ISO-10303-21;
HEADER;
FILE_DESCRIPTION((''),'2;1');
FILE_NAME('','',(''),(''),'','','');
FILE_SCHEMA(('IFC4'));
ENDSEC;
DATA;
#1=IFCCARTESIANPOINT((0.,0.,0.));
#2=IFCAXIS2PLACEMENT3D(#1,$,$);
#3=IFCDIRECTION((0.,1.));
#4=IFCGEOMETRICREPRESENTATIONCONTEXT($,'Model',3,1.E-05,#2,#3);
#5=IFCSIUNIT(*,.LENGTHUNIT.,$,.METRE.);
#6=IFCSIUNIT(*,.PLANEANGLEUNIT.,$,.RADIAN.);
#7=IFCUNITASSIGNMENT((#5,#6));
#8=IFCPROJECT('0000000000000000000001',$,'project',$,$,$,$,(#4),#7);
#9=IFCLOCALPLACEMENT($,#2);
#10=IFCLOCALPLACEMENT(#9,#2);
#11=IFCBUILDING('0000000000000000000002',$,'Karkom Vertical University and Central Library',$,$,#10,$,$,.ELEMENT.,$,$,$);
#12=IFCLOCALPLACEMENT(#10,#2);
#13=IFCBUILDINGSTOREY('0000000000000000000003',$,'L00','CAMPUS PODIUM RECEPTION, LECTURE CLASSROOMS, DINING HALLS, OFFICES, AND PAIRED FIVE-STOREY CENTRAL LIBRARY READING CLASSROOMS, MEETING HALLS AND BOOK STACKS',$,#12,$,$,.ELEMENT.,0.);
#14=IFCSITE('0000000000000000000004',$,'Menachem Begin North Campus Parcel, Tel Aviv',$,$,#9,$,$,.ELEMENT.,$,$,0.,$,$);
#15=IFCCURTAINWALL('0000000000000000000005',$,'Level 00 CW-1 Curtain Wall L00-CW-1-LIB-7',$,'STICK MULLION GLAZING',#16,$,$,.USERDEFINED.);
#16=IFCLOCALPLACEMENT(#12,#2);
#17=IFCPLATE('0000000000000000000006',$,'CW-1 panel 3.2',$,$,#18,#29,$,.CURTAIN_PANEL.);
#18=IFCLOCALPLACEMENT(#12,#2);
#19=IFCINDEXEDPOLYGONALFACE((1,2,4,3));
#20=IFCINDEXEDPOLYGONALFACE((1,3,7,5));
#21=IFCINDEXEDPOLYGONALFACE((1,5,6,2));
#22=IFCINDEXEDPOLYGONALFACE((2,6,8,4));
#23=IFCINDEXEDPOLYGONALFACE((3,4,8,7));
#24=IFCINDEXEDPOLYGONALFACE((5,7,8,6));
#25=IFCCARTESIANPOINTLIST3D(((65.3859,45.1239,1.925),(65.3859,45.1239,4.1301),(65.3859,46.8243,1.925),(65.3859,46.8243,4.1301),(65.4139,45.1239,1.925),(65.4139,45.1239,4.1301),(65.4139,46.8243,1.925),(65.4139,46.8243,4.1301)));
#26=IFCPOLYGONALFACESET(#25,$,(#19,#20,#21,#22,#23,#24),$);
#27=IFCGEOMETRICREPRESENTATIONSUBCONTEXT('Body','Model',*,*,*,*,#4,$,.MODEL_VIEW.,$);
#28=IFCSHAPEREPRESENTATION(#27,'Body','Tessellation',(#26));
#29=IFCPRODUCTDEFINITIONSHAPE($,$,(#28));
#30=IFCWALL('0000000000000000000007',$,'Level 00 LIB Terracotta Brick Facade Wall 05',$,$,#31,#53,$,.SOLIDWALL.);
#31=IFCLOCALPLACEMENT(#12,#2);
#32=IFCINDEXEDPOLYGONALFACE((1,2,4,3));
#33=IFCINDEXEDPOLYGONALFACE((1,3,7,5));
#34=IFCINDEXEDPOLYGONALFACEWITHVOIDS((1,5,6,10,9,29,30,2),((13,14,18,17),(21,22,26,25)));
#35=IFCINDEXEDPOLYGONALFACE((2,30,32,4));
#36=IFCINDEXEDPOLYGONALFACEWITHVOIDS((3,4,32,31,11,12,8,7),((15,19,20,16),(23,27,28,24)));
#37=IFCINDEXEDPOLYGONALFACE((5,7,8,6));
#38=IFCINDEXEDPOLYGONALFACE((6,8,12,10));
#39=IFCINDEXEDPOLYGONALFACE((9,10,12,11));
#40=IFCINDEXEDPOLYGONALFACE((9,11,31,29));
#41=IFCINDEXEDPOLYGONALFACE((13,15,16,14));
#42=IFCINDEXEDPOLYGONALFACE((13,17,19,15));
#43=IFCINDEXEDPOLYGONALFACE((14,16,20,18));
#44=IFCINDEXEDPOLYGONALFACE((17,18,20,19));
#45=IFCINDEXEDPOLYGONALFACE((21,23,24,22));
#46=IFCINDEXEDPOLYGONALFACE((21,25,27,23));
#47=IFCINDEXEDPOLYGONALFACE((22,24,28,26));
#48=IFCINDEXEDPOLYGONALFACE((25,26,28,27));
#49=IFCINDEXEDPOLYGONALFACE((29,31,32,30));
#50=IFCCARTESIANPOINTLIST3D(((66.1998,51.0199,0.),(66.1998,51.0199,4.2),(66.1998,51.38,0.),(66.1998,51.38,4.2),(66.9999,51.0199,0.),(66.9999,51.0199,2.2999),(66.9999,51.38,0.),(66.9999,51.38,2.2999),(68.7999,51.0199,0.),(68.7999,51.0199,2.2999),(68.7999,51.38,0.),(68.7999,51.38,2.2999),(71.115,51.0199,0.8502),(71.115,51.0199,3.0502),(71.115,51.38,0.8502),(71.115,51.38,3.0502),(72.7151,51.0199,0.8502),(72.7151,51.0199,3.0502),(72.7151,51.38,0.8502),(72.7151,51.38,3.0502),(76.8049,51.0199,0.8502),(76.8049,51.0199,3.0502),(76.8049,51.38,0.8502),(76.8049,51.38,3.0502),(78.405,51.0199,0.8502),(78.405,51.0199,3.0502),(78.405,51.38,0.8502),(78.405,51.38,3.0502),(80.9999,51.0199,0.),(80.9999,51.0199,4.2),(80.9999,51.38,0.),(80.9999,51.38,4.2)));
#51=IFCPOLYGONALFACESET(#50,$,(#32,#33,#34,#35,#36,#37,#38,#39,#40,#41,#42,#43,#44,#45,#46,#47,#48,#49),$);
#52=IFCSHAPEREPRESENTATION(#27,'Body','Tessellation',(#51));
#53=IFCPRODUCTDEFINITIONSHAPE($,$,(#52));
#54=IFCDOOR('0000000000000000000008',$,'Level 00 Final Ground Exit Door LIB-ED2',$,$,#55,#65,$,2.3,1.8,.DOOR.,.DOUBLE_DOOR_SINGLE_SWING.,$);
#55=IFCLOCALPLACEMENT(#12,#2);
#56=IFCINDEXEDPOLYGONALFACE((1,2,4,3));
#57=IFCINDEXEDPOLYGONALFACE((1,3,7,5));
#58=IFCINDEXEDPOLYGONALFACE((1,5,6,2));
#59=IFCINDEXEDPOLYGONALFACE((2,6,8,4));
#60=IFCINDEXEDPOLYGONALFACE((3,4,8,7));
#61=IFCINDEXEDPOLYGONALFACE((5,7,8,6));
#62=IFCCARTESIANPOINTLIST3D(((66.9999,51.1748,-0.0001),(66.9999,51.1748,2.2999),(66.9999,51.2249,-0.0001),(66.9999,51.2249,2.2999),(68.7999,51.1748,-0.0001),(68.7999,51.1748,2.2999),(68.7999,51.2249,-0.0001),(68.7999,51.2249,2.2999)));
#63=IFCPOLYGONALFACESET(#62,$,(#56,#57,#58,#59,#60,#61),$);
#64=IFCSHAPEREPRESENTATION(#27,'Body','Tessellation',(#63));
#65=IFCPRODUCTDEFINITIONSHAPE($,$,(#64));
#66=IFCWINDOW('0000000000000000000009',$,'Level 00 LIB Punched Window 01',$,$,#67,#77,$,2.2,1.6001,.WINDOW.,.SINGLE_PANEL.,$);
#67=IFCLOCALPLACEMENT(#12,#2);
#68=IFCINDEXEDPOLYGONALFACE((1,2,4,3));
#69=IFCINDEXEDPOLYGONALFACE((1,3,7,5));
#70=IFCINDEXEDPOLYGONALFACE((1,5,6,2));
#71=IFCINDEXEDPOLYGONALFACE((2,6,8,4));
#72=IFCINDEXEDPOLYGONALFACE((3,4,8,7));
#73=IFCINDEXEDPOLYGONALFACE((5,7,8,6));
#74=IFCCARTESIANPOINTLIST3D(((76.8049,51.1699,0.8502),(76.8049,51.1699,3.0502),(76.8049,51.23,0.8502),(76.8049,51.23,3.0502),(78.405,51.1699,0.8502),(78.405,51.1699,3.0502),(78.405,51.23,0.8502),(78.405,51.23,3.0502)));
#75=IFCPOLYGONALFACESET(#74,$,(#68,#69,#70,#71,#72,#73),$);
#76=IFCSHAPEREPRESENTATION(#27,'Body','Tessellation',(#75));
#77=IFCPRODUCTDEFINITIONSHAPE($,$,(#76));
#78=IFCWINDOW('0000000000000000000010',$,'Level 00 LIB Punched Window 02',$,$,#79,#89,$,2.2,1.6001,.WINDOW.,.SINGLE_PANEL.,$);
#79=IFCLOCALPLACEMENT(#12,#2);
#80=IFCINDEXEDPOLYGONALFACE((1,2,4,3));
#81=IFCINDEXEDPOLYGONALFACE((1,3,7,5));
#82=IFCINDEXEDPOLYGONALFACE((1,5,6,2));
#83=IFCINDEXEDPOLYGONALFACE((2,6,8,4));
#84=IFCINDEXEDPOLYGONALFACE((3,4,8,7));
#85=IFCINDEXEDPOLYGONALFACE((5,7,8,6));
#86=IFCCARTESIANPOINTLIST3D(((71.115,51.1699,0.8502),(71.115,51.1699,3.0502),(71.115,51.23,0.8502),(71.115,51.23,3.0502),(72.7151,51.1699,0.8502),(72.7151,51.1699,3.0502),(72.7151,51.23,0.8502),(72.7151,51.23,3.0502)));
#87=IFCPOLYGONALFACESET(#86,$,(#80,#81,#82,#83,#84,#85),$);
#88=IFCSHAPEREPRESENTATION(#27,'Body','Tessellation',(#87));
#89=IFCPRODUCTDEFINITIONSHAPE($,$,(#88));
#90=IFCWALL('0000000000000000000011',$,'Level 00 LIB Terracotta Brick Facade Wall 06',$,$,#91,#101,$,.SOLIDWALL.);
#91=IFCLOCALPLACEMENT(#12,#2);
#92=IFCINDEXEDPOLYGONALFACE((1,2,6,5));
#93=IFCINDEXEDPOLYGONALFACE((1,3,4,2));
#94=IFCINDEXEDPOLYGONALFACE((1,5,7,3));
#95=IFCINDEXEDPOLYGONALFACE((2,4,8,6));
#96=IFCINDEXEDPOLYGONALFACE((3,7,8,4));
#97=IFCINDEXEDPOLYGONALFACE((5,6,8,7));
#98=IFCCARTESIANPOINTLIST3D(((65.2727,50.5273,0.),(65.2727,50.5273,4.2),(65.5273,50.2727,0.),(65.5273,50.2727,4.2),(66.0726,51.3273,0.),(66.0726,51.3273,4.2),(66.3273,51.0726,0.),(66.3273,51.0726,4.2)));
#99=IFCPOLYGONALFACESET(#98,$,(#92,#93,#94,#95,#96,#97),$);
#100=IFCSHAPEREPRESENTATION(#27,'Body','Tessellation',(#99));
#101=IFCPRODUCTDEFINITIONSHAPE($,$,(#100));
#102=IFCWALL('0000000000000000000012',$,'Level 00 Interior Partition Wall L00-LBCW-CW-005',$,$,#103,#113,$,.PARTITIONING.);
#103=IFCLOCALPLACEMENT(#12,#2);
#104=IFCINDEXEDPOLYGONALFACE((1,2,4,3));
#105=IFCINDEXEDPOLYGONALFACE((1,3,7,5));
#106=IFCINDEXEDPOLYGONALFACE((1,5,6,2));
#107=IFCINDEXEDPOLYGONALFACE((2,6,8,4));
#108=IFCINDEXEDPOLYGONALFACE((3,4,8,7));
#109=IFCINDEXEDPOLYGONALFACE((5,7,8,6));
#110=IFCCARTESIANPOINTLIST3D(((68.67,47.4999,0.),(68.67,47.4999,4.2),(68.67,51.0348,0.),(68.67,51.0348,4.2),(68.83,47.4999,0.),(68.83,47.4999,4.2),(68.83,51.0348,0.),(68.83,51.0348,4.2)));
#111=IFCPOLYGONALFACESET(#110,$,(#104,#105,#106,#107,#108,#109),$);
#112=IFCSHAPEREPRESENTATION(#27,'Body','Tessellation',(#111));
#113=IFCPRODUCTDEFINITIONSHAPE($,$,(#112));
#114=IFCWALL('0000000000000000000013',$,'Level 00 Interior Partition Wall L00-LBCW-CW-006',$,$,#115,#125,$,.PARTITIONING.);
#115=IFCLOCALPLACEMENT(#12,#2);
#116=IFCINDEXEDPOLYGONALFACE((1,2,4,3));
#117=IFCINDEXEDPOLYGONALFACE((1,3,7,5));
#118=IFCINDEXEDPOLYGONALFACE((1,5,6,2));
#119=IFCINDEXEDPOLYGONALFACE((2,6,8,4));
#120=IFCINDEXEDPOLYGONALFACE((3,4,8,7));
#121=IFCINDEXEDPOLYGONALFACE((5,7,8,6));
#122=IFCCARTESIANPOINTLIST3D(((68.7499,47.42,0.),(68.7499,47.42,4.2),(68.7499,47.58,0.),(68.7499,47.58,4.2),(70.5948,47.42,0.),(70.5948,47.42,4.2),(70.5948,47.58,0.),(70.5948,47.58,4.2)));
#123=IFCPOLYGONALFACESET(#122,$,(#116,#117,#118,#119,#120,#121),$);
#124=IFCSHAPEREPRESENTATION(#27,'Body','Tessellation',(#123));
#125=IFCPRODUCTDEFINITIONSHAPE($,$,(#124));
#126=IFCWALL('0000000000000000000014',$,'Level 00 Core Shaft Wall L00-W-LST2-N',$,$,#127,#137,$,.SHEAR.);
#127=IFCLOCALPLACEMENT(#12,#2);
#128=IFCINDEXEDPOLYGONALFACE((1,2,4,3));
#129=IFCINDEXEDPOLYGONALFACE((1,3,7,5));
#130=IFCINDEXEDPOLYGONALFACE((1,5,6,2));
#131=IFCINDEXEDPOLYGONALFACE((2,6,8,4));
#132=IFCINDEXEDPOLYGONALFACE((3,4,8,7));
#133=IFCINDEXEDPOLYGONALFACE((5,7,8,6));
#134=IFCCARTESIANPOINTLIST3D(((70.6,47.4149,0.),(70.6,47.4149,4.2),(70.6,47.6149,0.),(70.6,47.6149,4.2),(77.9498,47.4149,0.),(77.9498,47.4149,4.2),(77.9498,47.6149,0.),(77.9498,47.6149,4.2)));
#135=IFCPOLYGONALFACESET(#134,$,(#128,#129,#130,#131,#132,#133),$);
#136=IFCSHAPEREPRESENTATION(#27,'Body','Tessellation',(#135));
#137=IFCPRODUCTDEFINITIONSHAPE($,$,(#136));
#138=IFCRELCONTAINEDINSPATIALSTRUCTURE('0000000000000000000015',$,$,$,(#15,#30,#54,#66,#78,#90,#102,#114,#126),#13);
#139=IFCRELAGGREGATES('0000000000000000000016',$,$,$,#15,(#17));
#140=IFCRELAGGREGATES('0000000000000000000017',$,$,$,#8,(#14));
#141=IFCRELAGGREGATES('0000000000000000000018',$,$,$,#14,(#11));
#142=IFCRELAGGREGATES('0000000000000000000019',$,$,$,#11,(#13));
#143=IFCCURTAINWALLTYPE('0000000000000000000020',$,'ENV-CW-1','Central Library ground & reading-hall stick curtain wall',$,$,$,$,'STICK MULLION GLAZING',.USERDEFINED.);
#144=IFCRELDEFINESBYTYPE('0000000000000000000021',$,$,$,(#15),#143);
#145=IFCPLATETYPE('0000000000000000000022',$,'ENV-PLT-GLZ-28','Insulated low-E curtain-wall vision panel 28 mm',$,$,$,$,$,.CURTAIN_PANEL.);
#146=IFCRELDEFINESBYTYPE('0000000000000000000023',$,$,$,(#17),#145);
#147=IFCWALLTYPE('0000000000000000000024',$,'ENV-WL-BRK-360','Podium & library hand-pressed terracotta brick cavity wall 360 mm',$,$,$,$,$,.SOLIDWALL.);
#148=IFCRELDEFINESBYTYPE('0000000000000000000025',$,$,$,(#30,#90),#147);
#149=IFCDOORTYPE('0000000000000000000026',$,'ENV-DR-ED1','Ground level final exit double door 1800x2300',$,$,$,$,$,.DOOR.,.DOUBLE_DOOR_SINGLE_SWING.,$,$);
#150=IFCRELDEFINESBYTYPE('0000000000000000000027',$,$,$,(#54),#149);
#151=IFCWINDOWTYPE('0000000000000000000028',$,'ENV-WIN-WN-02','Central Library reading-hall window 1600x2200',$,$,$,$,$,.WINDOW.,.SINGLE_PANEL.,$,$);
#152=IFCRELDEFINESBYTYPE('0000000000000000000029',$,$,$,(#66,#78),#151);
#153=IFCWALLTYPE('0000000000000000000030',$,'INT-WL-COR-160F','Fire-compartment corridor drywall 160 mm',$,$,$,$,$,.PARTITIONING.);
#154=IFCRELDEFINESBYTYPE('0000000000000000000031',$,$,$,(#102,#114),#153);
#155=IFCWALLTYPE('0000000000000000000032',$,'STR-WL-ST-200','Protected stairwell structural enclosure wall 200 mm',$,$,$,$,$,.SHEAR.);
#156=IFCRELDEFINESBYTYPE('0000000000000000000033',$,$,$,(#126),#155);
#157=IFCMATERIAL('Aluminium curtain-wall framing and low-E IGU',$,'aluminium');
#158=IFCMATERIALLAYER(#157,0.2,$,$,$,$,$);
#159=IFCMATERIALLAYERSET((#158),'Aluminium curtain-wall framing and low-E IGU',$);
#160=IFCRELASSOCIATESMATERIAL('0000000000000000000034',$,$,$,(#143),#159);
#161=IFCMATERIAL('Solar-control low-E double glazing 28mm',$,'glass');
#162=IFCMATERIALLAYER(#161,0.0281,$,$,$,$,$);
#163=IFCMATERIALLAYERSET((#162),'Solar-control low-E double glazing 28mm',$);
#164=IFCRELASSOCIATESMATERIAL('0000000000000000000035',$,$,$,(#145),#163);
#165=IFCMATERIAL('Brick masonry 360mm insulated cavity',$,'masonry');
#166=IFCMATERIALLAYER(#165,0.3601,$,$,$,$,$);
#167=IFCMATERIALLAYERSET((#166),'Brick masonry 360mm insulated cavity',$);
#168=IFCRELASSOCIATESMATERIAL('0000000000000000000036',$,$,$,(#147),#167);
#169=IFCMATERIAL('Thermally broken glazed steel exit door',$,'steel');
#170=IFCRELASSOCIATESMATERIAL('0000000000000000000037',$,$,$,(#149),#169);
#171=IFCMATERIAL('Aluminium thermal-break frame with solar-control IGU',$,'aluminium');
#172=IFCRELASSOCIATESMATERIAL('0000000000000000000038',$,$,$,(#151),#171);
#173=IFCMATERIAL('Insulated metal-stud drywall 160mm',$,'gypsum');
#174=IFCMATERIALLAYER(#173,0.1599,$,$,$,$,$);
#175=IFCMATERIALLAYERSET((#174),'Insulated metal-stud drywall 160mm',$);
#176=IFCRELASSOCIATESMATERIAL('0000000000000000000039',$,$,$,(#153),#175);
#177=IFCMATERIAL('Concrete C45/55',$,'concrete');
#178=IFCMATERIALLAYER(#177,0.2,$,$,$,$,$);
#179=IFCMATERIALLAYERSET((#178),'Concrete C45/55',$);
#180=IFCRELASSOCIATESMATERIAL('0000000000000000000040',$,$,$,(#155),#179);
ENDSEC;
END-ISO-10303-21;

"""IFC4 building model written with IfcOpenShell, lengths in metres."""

from ifc_helpers import new_model, si_unit, direction, frame, frame_2d, origin, origin_with_axes, origin_2d, place, context, subcontext, project, spatial, rectangle, extrude, source, transform, mapped, material, layer, layer_set, type_object, element, fill, aggregate, save


model = new_model("IFC4")

# Units and contexts
model_context = context("Model", 3, precision=1e-05, world=origin(), true_north=direction((0.0, 1.0)))
body_context = subcontext(model_context, "Body", "Model", "MODEL_VIEW")
ifc_project = project(units=[si_unit("LENGTHUNIT", "METRE"), si_unit("PLANEANGLEUNIT", "RADIAN")], contexts=[model_context])

# Site, building, storey
site_placement = place(None, origin())
site = spatial("IfcSite", under=ifc_project, at=site_placement, Name="Menachem Begin North Campus Parcel, Tel Aviv", CompositionType="ELEMENT", RefElevation=0.0)
building_placement = place(site_placement, origin())
building = spatial("IfcBuilding", under=site, at=building_placement, Name="Karkom Vertical University and Central Library", CompositionType="ELEMENT")
storey_placement = place(building_placement, origin())
storey = spatial("IfcBuildingStorey", under=building, at=storey_placement, Name="L00", Description="CAMPUS PODIUM RECEPTION, LECTURE CLASSROOMS, DINING HALLS, OFFICES, AND PAIRED FIVE-STOREY CENTRAL LIBRARY READING CLASSROOMS, MEETING HALLS AND BOOK STACKS", CompositionType="ELEMENT", Elevation=0.0)

# Shared definitions
ifc_material_1 = material(Name="Concrete C45/55", Category="concrete")

# Curtain wall, plate
ifc_material_2 = material(Name="Aluminium curtain-wall framing and low-E IGU", Category="aluminium")
ifc_layer_1 = layer(ifc_material_2, 0.2)
ifc_layer_set_1 = layer_set([ifc_layer_1], Name="Aluminium curtain-wall framing and low-E IGU")
curtain_wall_type = type_object("IfcCurtainWallType", Name="ENV-CW-1", Description="Central Library ground & reading-hall stick curtain wall", ElementType="STICK MULLION GLAZING", PredefinedType="USERDEFINED", material=ifc_layer_set_1)
curtain_wall_placement = place(storey_placement, origin())
curtain_wall = element("IfcCurtainWall", 1, at=curtain_wall_placement, inside=storey, type_object=curtain_wall_type, Name="Level 00 CW-1 Curtain Wall L00-CW-1-LIB-7", ObjectType="STICK MULLION GLAZING", PredefinedType="USERDEFINED")
ifc_material_3 = material(Name="Solar-control low-E double glazing 28mm", Category="glass")
ifc_layer_2 = layer(ifc_material_3, 0.0281)
ifc_layer_set_2 = layer_set([ifc_layer_2], Name="Solar-control low-E double glazing 28mm")
plate_type = type_object("IfcPlateType", Name="ENV-PLT-GLZ-28", Description="Insulated low-E curtain-wall vision panel 28 mm", PredefinedType="CURTAIN_PANEL", material=ifc_layer_set_2)
shared_shape_1 = source(origin_with_axes(), body_context, "Body", "SweptSolid", [
    extrude(rectangle(XDim=1.7004, YDim=0.0281, at=origin_2d()), origin(), (0.0, 0.0, 1.0), 2.2051),
])
plate_1_placement = place(storey_placement, frame((65.3999, 45.9741, 1.925), z_axis=(0.0, 0.0, 1.0), x_axis=(0.0, -1.0, 0.0)))
plate_1 = element("IfcPlate", 2, at=plate_1_placement, type_object=plate_type, Name="CW-1 panel 3.2", PredefinedType="CURTAIN_PANEL", context=body_context, shape_type="MappedRepresentation", body=[
    mapped(shared_shape_1, transform((0.0, 0.0, 0.0), scale=1.0)),
])
aggregate(curtain_wall, [plate_1])

# Wall, openings, door, windows
ifc_material_4 = material(Name="Brick masonry 360mm insulated cavity", Category="masonry")
ifc_layer_3 = layer(ifc_material_4, 0.3601)
ifc_layer_set_3 = layer_set([ifc_layer_3], Name="Brick masonry 360mm insulated cavity")
wall_type_1 = type_object("IfcWallType", Name="ENV-WL-BRK-360", Description="Podium & library hand-pressed terracotta brick cavity wall 360 mm", PredefinedType="SOLIDWALL", material=ifc_layer_set_3)
wall_1_placement = place(storey_placement, frame((66.2, 51.2, 0.0), z_axis=(0.0, 0.0, 1.0), x_axis=(1.0, 0.0, 0.0)))
wall_1 = element("IfcWall", 3, at=wall_1_placement, inside=storey, type_object=wall_type_1, Name="Level 00 LIB Terracotta Brick Facade Wall 05", PredefinedType="SOLIDWALL", context=body_context, shape_type="SweptSolid", body=[
    extrude(rectangle(XDim=14.8, YDim=0.3601, at=frame_2d((7.3999, 0.0))), origin(), (0.0, 0.0, 1.0), 4.2),
])
opening_1_placement = place(wall_1_placement, frame((10.605, 0.0, 0.8501)))
opening_1 = element("IfcOpeningElement", 4, at=opening_1_placement, cuts=wall_1, PredefinedType="OPENING", context=body_context, shape_type="SweptSolid", body=[
    extrude(rectangle(XDim=1.6001, YDim=2.2, at=frame_2d((0.8, 1.1001))), frame((0.0, 0.1899, 0.0), z_axis=(0.0, -1.0, 0.0), x_axis=(1.0, 0.0, 0.0)), (0.0, 0.0, 1.0), 0.3801),
])
opening_2_placement = place(wall_1_placement, frame((4.915, 0.0, 0.8501)))
opening_2 = element("IfcOpeningElement", 5, at=opening_2_placement, cuts=wall_1, PredefinedType="OPENING", context=body_context, shape_type="SweptSolid", body=[
    extrude(rectangle(XDim=1.6001, YDim=2.2, at=frame_2d((0.8, 1.1001))), frame((0.0, 0.1899, 0.0), z_axis=(0.0, -1.0, 0.0), x_axis=(1.0, 0.0, 0.0)), (0.0, 0.0, 1.0), 0.3801),
])
opening_3_placement = place(wall_1_placement, frame((0.8, 0.0, 0.0)))
opening_3 = element("IfcOpeningElement", 6, at=opening_3_placement, cuts=wall_1, PredefinedType="OPENING", context=body_context, shape_type="SweptSolid", body=[
    extrude(rectangle(XDim=1.8, YDim=2.3, at=frame_2d((0.8999, 1.1499))), frame((0.0, 0.1899, 0.0), z_axis=(0.0, -1.0, 0.0), x_axis=(1.0, 0.0, 0.0)), (0.0, 0.0, 1.0), 0.3801),
])
ifc_material_5 = material(Name="Thermally broken glazed steel exit door", Category="steel")
door_type = type_object("IfcDoorType", Name="ENV-DR-ED1", Description="Ground level final exit double door 1800x2300", OperationType="DOUBLE_DOOR_SINGLE_SWING", PredefinedType="DOOR", material=ifc_material_5)
shared_shape_2 = source(origin_with_axes(), body_context, "Body", "SweptSolid", [
    extrude(rectangle(XDim=1.8, YDim=2.3, at=frame_2d((0.8999, 1.1499))), frame((0.0, 0.0249, 0.0), z_axis=(0.0, -1.0, 0.0), x_axis=(1.0, 0.0, 0.0)), (0.0, 0.0, 1.0), 0.05),
])
door_placement = place(opening_3_placement, origin())
door = element("IfcDoor", 7, at=door_placement, inside=storey, type_object=door_type, Name="Level 00 Final Ground Exit Door LIB-ED2", OperationType="DOUBLE_DOOR_SINGLE_SWING", OverallHeight=2.3, OverallWidth=1.8, PredefinedType="DOOR", context=body_context, shape_type="MappedRepresentation", body=[
    mapped(shared_shape_2, transform((0.0, 0.0, 0.0), scale=1.0)),
])
fill(opening_3, door)
ifc_material_6 = material(Name="Aluminium thermal-break frame with solar-control IGU", Category="aluminium")
window_type = type_object("IfcWindowType", Name="ENV-WIN-WN-02", Description="Central Library reading-hall window 1600x2200", PartitioningType="SINGLE_PANEL", PredefinedType="WINDOW", material=ifc_material_6)
shared_shape_3 = source(origin_with_axes(), body_context, "Body", "SweptSolid", [
    extrude(rectangle(XDim=1.6001, YDim=2.2, at=frame_2d((0.8, 1.1001))), frame((0.0, 0.03, 0.0), z_axis=(0.0, -1.0, 0.0), x_axis=(1.0, 0.0, 0.0)), (0.0, 0.0, 1.0), 0.0601),
])
window_1_placement = place(opening_1_placement, origin())
window_1 = element("IfcWindow", 8, at=window_1_placement, inside=storey, type_object=window_type, Name="Level 00 LIB Punched Window 01", OverallHeight=2.2, OverallWidth=1.6001, PartitioningType="SINGLE_PANEL", PredefinedType="WINDOW", context=body_context, shape_type="MappedRepresentation", body=[
    mapped(shared_shape_3, transform((0.0, 0.0, 0.0), scale=1.0)),
])
fill(opening_1, window_1)
window_2_placement = place(opening_2_placement, origin())
window_2 = element("IfcWindow", 9, at=window_2_placement, inside=storey, type_object=window_type, Name="Level 00 LIB Punched Window 02", OverallHeight=2.2, OverallWidth=1.6001, PartitioningType="SINGLE_PANEL", PredefinedType="WINDOW", context=body_context, shape_type="MappedRepresentation", body=[
    mapped(shared_shape_3, transform((0.0, 0.0, 0.0), scale=1.0)),
])
fill(opening_2, window_2)

# Walls
wall_2_placement = place(storey_placement, frame((66.2, 51.2, 0.0), z_axis=(0.0, 0.0, 1.0), x_axis=(-0.707107, -0.707107, 0.0)))
element("IfcWall", 10, at=wall_2_placement, inside=storey, type_object=wall_type_1, Name="Level 00 LIB Terracotta Brick Facade Wall 06", PredefinedType="SOLIDWALL", context=body_context, shape_type="SweptSolid", body=[
    extrude(rectangle(XDim=1.1313, YDim=0.3601, at=frame_2d((0.5657, 0.0))), origin(), (0.0, 0.0, 1.0), 4.2),
])
ifc_material_7 = material(Name="Insulated metal-stud drywall 160mm", Category="gypsum")
ifc_layer_4 = layer(ifc_material_7, 0.1599)
ifc_layer_set_4 = layer_set([ifc_layer_4], Name="Insulated metal-stud drywall 160mm")
wall_type_2 = type_object("IfcWallType", Name="INT-WL-COR-160F", Description="Fire-compartment corridor drywall 160 mm", PredefinedType="PARTITIONING", material=ifc_layer_set_4)
wall_3_placement = place(storey_placement, frame((68.75, 51.0349, 0.0), z_axis=(0.0, 0.0, 1.0), x_axis=(0.0, -1.0, 0.0)))
element("IfcWall", 11, at=wall_3_placement, inside=storey, type_object=wall_type_2, Name="Level 00 Interior Partition Wall L00-LBCW-CW-005", PredefinedType="PARTITIONING", context=body_context, shape_type="SweptSolid", body=[
    extrude(rectangle(XDim=3.5349, YDim=0.1599, at=frame_2d((1.7676, 0.0))), origin(), (0.0, 0.0, 1.0), 4.2),
])
wall_4_placement = place(storey_placement, frame((68.75, 47.5, 0.0), z_axis=(0.0, 0.0, 1.0), x_axis=(1.0, 0.0, 0.0)))
element("IfcWall", 12, at=wall_4_placement, inside=storey, type_object=wall_type_2, Name="Level 00 Interior Partition Wall L00-LBCW-CW-006", PredefinedType="PARTITIONING", context=body_context, shape_type="SweptSolid", body=[
    extrude(rectangle(XDim=1.845, YDim=0.1599, at=frame_2d((0.9224, 0.0))), origin(), (0.0, 0.0, 1.0), 4.2),
])
ifc_layer_5 = layer(ifc_material_1, 0.2)
ifc_layer_set_5 = layer_set([ifc_layer_5], Name="Concrete C45/55")
wall_type_3 = type_object("IfcWallType", Name="STR-WL-ST-200", Description="Protected stairwell structural enclosure wall 200 mm", PredefinedType="SHEAR", material=ifc_layer_set_5)
wall_5_placement = place(storey_placement, frame((70.6001, 47.5149, 0.0), z_axis=(0.0, 0.0, 1.0), x_axis=(1.0, 0.0, 0.0)))
element("IfcWall", 13, at=wall_5_placement, inside=storey, type_object=wall_type_3, Name="Level 00 Core Shaft Wall L00-W-LST2-N", PredefinedType="SHEAR", context=body_context, shape_type="SweptSolid", body=[
    extrude(rectangle(XDim=7.3499, YDim=0.2, at=frame_2d((3.6748, 0.0))), origin(), (0.0, 0.0, 1.0), 4.2),
])

save(model, "model.ifc")
